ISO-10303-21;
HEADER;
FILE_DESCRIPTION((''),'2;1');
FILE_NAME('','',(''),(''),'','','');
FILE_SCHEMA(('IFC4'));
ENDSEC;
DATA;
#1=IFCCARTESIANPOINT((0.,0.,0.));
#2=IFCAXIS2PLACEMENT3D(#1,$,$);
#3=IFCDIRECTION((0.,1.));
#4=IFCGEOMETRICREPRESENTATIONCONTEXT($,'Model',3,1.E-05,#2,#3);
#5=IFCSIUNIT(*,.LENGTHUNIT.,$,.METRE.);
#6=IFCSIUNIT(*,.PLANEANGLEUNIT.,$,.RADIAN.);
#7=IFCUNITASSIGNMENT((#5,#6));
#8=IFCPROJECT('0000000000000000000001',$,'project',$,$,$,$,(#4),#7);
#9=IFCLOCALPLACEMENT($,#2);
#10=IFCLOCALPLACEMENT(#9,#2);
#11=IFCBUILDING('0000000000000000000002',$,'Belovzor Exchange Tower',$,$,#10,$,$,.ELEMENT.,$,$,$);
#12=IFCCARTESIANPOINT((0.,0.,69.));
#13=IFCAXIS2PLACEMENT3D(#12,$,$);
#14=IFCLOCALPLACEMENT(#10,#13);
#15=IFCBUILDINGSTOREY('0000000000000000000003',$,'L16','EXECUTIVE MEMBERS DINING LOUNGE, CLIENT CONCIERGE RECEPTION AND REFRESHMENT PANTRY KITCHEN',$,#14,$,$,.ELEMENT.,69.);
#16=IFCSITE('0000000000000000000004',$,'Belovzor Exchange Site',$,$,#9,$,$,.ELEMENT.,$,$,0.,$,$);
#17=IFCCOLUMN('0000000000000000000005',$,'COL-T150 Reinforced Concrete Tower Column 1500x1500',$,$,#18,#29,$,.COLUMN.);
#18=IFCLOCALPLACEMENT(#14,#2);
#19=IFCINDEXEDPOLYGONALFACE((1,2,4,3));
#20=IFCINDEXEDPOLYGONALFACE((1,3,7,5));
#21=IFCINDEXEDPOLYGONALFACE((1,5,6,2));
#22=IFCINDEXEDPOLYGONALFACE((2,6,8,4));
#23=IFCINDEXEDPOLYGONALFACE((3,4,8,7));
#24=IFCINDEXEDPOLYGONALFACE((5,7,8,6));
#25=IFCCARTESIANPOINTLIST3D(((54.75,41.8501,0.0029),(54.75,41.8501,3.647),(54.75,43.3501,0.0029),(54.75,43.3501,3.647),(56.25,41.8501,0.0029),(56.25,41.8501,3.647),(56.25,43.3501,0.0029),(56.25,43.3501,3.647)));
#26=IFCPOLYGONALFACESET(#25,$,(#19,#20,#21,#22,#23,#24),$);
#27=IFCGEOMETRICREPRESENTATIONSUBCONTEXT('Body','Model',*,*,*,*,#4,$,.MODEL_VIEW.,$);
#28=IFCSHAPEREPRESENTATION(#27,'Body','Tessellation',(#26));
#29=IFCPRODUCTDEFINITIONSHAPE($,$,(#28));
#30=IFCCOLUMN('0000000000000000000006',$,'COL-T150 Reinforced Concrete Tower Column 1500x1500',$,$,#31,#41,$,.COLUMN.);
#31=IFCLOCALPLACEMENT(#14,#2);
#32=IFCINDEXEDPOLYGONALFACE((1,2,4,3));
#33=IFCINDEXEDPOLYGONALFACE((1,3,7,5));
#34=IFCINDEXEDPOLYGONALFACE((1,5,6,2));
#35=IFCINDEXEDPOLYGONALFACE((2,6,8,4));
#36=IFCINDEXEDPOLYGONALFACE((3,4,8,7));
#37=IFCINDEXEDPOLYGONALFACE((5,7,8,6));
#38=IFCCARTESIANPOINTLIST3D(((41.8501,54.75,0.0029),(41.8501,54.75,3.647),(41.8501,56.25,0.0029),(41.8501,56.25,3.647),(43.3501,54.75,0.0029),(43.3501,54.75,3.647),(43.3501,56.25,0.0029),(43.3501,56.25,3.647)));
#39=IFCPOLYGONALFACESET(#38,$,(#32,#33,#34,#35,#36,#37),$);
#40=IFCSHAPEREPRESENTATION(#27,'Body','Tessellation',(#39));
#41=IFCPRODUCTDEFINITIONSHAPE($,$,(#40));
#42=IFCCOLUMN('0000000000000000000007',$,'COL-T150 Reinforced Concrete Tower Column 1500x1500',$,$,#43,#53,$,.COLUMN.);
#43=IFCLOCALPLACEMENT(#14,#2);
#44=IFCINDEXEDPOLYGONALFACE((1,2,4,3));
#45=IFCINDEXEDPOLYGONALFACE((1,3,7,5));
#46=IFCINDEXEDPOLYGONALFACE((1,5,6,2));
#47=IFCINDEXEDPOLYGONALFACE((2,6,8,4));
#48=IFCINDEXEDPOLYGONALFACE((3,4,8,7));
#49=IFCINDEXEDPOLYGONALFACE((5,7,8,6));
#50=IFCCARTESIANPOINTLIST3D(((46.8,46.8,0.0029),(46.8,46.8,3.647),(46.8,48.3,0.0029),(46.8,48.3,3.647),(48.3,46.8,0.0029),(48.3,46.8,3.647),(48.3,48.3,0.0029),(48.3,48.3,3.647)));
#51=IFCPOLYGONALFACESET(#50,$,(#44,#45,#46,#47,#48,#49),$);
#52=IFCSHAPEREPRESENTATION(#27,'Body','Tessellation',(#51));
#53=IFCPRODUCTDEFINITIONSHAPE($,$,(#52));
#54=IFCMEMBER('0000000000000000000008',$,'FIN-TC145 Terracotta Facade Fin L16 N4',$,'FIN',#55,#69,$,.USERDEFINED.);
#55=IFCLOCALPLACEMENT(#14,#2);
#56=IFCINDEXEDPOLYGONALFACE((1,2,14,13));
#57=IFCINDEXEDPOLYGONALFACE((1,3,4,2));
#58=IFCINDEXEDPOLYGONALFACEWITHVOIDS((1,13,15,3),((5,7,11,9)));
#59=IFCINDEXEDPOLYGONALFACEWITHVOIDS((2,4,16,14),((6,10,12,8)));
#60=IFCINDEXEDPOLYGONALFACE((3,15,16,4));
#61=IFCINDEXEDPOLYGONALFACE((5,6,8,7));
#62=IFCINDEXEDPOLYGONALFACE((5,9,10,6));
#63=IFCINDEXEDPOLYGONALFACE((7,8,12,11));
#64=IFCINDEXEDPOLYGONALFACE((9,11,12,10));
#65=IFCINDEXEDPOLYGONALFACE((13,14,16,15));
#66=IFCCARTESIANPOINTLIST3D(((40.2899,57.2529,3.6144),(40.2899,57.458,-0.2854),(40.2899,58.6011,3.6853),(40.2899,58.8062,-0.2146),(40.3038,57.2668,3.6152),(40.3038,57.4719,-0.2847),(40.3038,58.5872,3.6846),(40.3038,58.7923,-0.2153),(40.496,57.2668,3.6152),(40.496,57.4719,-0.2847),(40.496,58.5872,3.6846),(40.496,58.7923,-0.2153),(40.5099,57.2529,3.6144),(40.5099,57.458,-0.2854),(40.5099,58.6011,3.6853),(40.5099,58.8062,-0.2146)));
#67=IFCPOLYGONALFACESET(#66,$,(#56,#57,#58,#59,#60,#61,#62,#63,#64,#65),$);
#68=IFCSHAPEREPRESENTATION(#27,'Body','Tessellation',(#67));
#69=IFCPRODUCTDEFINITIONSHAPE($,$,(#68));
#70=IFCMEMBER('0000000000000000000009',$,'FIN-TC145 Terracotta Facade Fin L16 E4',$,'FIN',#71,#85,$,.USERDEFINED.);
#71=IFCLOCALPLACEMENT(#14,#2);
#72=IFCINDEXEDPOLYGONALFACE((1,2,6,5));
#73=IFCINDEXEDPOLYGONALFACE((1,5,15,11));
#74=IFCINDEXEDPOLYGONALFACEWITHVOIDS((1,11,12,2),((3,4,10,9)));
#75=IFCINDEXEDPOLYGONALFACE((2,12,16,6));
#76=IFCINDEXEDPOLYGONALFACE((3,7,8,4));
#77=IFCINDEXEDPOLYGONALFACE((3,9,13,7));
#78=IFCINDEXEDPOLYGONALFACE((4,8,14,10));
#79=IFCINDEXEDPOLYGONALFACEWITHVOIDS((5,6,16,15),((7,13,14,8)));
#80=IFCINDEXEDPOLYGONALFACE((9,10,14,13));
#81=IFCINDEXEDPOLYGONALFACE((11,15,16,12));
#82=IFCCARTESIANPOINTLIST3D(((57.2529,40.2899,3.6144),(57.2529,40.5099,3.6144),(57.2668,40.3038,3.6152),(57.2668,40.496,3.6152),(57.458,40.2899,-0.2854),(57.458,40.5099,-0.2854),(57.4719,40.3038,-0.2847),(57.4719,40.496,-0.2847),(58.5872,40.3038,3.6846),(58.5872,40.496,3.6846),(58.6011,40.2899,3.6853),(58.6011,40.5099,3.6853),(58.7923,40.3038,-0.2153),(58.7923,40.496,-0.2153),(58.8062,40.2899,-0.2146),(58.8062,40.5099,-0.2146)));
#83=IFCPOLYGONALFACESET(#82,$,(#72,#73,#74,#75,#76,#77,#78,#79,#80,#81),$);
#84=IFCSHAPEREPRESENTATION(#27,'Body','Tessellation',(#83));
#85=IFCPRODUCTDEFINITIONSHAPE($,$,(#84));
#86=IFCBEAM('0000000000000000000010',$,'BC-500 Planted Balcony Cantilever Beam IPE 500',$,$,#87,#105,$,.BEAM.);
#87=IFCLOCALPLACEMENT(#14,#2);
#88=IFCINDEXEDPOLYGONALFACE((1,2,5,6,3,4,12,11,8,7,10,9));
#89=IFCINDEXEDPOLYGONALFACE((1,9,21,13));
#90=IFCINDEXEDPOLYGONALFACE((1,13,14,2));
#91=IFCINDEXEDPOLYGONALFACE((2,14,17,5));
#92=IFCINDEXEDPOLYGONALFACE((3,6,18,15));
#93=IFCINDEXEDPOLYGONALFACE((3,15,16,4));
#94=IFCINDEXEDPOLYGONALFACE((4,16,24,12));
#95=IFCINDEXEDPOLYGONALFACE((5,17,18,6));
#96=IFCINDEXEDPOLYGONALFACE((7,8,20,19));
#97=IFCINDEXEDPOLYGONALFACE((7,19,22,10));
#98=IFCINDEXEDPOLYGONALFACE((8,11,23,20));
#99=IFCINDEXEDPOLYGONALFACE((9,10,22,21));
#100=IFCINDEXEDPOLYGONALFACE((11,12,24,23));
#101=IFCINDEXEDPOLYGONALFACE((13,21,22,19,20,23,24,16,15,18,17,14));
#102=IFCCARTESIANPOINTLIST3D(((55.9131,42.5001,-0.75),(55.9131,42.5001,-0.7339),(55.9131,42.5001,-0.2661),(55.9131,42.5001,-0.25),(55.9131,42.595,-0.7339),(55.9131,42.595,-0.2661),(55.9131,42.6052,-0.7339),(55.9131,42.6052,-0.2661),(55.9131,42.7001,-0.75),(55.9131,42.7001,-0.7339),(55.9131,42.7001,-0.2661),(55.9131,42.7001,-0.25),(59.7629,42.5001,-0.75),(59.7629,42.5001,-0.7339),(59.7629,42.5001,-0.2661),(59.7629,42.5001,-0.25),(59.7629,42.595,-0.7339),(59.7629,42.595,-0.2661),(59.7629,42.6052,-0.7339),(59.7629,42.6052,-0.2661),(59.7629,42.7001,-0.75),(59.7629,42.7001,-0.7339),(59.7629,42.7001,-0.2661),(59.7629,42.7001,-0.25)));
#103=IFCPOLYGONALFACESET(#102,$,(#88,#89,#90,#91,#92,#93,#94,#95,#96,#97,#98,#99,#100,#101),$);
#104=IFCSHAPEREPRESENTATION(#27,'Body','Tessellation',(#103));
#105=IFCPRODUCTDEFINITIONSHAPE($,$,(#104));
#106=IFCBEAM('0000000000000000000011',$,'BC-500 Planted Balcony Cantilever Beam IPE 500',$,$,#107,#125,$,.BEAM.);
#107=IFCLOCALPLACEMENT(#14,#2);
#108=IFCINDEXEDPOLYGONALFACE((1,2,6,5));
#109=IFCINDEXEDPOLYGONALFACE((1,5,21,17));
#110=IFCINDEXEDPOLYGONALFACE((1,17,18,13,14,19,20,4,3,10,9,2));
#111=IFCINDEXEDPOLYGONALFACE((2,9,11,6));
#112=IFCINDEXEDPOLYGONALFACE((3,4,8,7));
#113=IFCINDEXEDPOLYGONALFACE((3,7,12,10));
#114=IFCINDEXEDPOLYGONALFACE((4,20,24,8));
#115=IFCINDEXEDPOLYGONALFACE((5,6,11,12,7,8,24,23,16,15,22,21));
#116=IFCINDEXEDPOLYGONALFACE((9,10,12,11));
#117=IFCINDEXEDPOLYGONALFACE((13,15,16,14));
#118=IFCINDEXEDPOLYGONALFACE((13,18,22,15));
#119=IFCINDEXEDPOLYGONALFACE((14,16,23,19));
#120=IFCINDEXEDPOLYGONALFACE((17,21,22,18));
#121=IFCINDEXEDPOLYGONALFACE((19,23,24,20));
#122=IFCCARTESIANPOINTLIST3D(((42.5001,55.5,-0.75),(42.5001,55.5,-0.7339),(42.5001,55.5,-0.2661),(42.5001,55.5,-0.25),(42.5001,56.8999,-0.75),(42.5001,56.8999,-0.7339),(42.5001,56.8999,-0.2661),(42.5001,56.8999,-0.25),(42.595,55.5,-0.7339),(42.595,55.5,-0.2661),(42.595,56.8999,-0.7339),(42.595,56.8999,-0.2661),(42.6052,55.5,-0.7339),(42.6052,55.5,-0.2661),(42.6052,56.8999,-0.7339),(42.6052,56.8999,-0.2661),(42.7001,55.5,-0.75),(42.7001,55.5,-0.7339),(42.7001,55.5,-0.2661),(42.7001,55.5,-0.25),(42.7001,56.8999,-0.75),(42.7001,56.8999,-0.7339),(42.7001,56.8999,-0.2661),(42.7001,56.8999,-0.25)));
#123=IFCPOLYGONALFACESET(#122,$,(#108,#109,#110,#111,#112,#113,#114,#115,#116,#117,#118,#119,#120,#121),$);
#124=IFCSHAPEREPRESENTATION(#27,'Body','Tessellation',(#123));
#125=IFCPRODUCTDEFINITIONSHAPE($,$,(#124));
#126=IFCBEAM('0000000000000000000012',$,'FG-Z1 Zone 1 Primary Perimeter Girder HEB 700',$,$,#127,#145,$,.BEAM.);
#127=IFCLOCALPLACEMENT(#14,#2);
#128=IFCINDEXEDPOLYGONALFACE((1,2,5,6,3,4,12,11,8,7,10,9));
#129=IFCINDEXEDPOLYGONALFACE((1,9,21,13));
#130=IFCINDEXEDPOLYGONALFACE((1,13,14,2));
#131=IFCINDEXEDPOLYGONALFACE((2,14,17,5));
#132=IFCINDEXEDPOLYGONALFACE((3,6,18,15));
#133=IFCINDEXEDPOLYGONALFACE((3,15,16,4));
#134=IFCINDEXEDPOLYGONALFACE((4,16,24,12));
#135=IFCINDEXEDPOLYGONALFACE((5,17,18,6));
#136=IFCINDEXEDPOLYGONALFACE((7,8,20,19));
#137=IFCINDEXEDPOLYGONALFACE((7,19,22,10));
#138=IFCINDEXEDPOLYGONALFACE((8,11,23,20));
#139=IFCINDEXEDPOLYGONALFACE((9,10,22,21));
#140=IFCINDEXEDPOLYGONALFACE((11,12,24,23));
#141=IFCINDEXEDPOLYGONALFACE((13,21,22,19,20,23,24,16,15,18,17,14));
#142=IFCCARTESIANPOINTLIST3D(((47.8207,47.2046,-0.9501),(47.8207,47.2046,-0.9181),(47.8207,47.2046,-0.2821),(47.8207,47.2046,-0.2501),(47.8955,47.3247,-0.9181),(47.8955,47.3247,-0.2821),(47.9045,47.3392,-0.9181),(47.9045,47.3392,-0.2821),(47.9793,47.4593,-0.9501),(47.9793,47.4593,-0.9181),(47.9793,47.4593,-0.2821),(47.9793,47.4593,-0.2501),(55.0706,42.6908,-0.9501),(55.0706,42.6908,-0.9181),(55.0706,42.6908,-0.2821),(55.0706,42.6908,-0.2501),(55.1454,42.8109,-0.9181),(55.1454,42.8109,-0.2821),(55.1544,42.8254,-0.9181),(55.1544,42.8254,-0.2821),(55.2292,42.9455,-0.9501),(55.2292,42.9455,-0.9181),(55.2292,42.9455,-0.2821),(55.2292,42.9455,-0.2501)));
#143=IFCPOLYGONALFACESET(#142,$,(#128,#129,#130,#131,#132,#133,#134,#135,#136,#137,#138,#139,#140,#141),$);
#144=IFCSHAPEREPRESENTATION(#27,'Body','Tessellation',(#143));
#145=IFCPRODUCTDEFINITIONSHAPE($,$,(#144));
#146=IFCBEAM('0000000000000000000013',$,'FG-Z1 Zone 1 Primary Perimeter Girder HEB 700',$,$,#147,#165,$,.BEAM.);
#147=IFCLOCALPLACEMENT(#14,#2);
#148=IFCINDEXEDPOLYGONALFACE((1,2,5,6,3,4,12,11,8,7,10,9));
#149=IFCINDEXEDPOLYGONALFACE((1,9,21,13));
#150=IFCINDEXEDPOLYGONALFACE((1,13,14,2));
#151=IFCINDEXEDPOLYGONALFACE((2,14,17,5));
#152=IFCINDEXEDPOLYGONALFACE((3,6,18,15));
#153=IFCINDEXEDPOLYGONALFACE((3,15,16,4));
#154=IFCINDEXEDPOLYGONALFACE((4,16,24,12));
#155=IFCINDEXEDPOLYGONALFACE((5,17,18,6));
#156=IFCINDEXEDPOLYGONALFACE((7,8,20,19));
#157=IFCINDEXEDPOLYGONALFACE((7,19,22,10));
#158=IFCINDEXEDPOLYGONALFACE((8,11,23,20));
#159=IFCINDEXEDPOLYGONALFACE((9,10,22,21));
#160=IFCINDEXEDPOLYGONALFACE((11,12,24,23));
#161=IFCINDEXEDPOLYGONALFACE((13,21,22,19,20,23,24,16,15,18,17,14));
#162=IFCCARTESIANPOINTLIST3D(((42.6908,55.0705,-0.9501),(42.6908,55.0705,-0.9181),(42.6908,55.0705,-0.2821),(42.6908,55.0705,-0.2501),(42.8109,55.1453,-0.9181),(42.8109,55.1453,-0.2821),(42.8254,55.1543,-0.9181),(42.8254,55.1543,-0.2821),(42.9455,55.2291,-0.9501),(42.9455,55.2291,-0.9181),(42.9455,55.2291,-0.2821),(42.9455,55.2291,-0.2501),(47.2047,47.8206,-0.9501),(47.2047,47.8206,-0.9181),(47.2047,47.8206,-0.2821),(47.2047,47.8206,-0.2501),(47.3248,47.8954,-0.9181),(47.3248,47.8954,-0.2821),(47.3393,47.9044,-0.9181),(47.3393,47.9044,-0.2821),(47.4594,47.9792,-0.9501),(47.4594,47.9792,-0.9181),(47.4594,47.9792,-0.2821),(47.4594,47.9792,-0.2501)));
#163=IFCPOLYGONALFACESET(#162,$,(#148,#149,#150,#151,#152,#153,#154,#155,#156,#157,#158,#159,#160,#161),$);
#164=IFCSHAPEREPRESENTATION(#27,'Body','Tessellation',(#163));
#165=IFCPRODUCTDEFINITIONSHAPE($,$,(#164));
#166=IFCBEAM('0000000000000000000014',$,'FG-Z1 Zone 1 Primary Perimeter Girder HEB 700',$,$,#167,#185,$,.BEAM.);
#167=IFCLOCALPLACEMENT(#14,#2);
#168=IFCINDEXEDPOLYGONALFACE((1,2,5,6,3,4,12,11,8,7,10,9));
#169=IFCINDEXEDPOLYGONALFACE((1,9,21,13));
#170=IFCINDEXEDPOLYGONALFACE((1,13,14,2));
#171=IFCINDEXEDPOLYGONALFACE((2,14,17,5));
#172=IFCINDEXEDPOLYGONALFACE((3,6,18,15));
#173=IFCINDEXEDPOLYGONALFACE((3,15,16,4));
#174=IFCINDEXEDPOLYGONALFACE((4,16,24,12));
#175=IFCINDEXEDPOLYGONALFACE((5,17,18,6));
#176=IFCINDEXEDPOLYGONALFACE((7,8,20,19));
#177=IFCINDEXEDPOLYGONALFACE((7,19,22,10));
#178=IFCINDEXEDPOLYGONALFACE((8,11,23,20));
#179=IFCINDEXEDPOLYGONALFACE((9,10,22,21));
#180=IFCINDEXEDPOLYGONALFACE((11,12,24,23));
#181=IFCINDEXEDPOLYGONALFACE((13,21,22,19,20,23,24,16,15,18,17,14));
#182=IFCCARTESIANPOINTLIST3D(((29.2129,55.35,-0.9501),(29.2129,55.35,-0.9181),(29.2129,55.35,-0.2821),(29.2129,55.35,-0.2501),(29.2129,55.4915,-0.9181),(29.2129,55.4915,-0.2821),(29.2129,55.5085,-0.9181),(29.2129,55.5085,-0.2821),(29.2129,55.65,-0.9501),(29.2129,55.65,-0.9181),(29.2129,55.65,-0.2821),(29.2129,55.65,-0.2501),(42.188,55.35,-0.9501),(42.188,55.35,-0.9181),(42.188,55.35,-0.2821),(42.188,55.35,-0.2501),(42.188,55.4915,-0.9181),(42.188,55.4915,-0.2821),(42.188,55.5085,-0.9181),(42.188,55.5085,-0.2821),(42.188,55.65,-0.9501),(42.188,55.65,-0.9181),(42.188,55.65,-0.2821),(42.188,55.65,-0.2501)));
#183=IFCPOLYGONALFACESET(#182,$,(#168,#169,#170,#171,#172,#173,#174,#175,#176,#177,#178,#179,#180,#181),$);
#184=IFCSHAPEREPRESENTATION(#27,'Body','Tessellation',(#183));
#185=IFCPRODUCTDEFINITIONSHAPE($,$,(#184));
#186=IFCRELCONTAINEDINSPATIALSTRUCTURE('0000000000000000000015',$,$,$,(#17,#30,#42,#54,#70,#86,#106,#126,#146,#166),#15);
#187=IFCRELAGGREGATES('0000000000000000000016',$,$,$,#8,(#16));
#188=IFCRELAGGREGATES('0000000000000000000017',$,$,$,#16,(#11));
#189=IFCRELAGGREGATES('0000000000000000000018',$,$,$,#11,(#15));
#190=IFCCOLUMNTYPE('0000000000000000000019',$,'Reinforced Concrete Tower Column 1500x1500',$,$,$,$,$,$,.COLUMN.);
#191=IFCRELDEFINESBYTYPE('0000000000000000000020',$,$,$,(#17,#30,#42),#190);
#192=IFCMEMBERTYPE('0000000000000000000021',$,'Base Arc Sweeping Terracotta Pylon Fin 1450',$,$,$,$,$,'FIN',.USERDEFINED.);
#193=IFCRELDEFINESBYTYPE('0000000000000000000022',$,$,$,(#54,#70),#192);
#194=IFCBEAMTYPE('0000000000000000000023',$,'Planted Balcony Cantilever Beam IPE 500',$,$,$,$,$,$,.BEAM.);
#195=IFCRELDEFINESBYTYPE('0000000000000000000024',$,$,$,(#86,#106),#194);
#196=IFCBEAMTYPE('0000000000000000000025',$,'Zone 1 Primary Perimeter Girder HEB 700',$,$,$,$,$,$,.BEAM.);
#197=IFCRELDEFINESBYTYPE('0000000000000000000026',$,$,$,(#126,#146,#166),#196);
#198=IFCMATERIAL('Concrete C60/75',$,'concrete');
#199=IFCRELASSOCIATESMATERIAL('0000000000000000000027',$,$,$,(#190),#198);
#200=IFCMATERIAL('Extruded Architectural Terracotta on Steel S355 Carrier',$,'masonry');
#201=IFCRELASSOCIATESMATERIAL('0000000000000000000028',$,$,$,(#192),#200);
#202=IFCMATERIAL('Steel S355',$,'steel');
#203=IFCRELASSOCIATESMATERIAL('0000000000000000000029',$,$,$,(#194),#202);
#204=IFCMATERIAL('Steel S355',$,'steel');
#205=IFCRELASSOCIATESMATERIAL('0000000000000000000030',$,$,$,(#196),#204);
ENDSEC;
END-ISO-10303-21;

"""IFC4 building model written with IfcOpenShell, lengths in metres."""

from ifc_helpers import new_model, si_unit, direction, frame, origin, origin_2d, place, context, subcontext, project, spatial, rectangle, hollow_rectangle, i_section, extrude, material, material_profile, profile_set, type_object, element, save


model = new_model("IFC4")

# Units and contexts
model_context = context("Model", 3, precision=1e-05, world=origin(), true_north=direction((0.0, 1.0)))
body_context = subcontext(model_context, "Body", "Model", "MODEL_VIEW")
ifc_project = project(units=[si_unit("LENGTHUNIT", "METRE"), si_unit("PLANEANGLEUNIT", "RADIAN")], contexts=[model_context])

# Site, building, storey
site_placement = place(None, origin())
site = spatial("IfcSite", under=ifc_project, at=site_placement, Name="Belovzor Exchange Site", CompositionType="ELEMENT", RefElevation=0.0)
building_placement = place(site_placement, origin())
building = spatial("IfcBuilding", under=site, at=building_placement, Name="Belovzor Exchange Tower", CompositionType="ELEMENT")
storey_placement = place(building_placement, frame((0.0, 0.0, 69.0)))
storey = spatial("IfcBuildingStorey", under=building, at=storey_placement, Name="L16", Description="EXECUTIVE MEMBERS DINING LOUNGE, CLIENT CONCIERGE RECEPTION AND REFRESHMENT PANTRY KITCHEN", CompositionType="ELEMENT", Elevation=69.0)

# Columns
ifc_material_1 = material(Name="Concrete C60/75", Category="concrete")
ifc_material_profile_1 = material_profile(ifc_material_1, rectangle(XDim=1.5, YDim=1.5, at=origin_2d()))
ifc_profile_set_1 = profile_set([ifc_material_profile_1], Name="Concrete C60/75")
column_type = type_object("IfcColumnType", Name="Reinforced Concrete Tower Column 1500x1500", PredefinedType="COLUMN", material=ifc_profile_set_1)
for number, where, z_axis, x_axis, name in (
    (1, (55.5, 42.6001, 0.0029), (0.0, 0.0, 1.0), (1.0, 0.0, 0.0), "COL-T150 Reinforced Concrete Tower Column 1500x1500"),
    (2, (42.6001, 55.5, 0.0029), (0.0, 0.0, 1.0), (1.0, 0.0, 0.0), "COL-T150 Reinforced Concrete Tower Column 1500x1500"),
    (3, (47.55, 47.55, 0.0029), (0.0, 0.0, 1.0), (1.0, 0.0, 0.0), "COL-T150 Reinforced Concrete Tower Column 1500x1500"),
):
    element("IfcColumn", number, at=place(storey_placement, frame(where, z_axis=z_axis, x_axis=x_axis)), inside=storey, type_object=column_type, Name=name, PredefinedType="COLUMN", context=body_context, shape_type="SweptSolid", body=[
        extrude(rectangle(XDim=1.5, YDim=1.5, at=origin_2d()), origin(), (0.0, 0.0, 1.0), 3.644),
    ])

# Members
ifc_material_2 = material(Name="Extruded Architectural Terracotta on Steel S355 Carrier", Category="masonry")
ifc_material_profile_2 = material_profile(ifc_material_2, hollow_rectangle(XDim=0.22, YDim=1.3501, WallThickness=0.0139, at=origin_2d()))
ifc_profile_set_2 = profile_set([ifc_material_profile_2], Name="Extruded Architectural Terracotta on Steel S355 Carrier")
member_type = type_object("IfcMemberType", Name="Base Arc Sweeping Terracotta Pylon Fin 1450", ElementType="FIN", PredefinedType="USERDEFINED", material=ifc_profile_set_2)
for number, where, z_axis, x_axis, name in (
    (4, (40.3999, 58.1321, -0.25), (0.0, -0.052513, 0.99862), (1.0, 0.0, 0.0), "FIN-TC145 Terracotta Facade Fin L16 N4"),
    (5, (58.1321, 40.3999, -0.25), (-0.052513, 0.0, 0.99862), (0.0, -1.0, 0.0), "FIN-TC145 Terracotta Facade Fin L16 E4"),
):
    element("IfcMember", number, at=place(storey_placement, frame(where, z_axis=z_axis, x_axis=x_axis)), inside=storey, type_object=member_type, Name=name, ObjectType="FIN", PredefinedType="USERDEFINED", context=body_context, shape_type="SweptSolid", body=[
        extrude(hollow_rectangle(XDim=0.22, YDim=1.3501, WallThickness=0.0139, at=origin_2d()), origin(), (0.0, 0.0, 1.0), 3.9053),
    ])

# Beams
ifc_material_3 = material(Name="Steel S355", Category="steel")
ifc_material_profile_3 = material_profile(ifc_material_3, i_section(OverallWidth=0.2, OverallDepth=0.5, WebThickness=0.0103, FlangeThickness=0.0161, at=origin_2d()))
ifc_profile_set_3 = profile_set([ifc_material_profile_3], Name="Steel S355")
beam_type_1 = type_object("IfcBeamType", Name="Planted Balcony Cantilever Beam IPE 500", PredefinedType="BEAM", material=ifc_profile_set_3)
beam_1_placement = place(storey_placement, frame((55.9131, 42.6001, -0.5), z_axis=(1.0, 0.0, 0.0), x_axis=(0.0, 1.0, 0.0)))
element("IfcBeam", 6, at=beam_1_placement, inside=storey, type_object=beam_type_1, Name="BC-500 Planted Balcony Cantilever Beam IPE 500", PredefinedType="BEAM", context=body_context, shape_type="SweptSolid", body=[
    extrude(i_section(OverallWidth=0.2, OverallDepth=0.5, WebThickness=0.0103, FlangeThickness=0.0161, at=origin_2d()), origin(), (0.0, 0.0, 1.0), 3.8499),
])
beam_2_placement = place(storey_placement, frame((42.6001, 55.5, -0.5), z_axis=(0.0, 1.0, 0.0), x_axis=(-1.0, 0.0, 0.0)))
element("IfcBeam", 7, at=beam_2_placement, inside=storey, type_object=beam_type_1, Name="BC-500 Planted Balcony Cantilever Beam IPE 500", PredefinedType="BEAM", context=body_context, shape_type="SweptSolid", body=[
    extrude(i_section(OverallWidth=0.2, OverallDepth=0.5, WebThickness=0.0103, FlangeThickness=0.0161, at=origin_2d()), origin(), (0.0, 0.0, 1.0), 1.3999),
])
ifc_material_4 = material(Name="Steel S355", Category="steel")
ifc_material_profile_4 = material_profile(ifc_material_4, i_section(OverallWidth=0.3, OverallDepth=0.7, WebThickness=0.0171, FlangeThickness=0.032, at=origin_2d()))
ifc_profile_set_4 = profile_set([ifc_material_profile_4], Name="Steel S355")
beam_type_2 = type_object("IfcBeamType", Name="Zone 1 Primary Perimeter Girder HEB 700", PredefinedType="BEAM", material=ifc_profile_set_4)
for number, where, z_axis, x_axis, name in (
    (8, (55.1499, 42.8181, -0.6001), (-0.848909, 0.528539, 0.0), (-0.528539, -0.848909, 0.0), "FG-Z1 Zone 1 Primary Perimeter Girder HEB 700"),
    (9, (47.332, 47.8999, -0.6001), (-0.528539, 0.848909, 0.0), (-0.848909, -0.528539, 0.0), "FG-Z1 Zone 1 Primary Perimeter Girder HEB 700"),
):
    element("IfcBeam", number, at=place(storey_placement, frame(where, z_axis=z_axis, x_axis=x_axis)), inside=storey, type_object=beam_type_2, Name=name, PredefinedType="BEAM", context=body_context, shape_type="SweptSolid", body=[
        extrude(i_section(OverallWidth=0.3, OverallDepth=0.7, WebThickness=0.0171, FlangeThickness=0.032, at=origin_2d()), origin(), (0.0, 0.0, 1.0), 8.5403),
    ])
beam_3_placement = place(storey_placement, frame((42.188, 55.5, -0.6001), z_axis=(-1.0, 0.0, 0.0), x_axis=(0.0, -1.0, 0.0)))
element("IfcBeam", 10, at=beam_3_placement, inside=storey, type_object=beam_type_2, Name="FG-Z1 Zone 1 Primary Perimeter Girder HEB 700", PredefinedType="BEAM", context=body_context, shape_type="SweptSolid", body=[
    extrude(i_section(OverallWidth=0.3, OverallDepth=0.7, WebThickness=0.0171, FlangeThickness=0.032, at=origin_2d()), origin(), (0.0, 0.0, 1.0), 12.9751),
])

save(model, "model.ifc")
